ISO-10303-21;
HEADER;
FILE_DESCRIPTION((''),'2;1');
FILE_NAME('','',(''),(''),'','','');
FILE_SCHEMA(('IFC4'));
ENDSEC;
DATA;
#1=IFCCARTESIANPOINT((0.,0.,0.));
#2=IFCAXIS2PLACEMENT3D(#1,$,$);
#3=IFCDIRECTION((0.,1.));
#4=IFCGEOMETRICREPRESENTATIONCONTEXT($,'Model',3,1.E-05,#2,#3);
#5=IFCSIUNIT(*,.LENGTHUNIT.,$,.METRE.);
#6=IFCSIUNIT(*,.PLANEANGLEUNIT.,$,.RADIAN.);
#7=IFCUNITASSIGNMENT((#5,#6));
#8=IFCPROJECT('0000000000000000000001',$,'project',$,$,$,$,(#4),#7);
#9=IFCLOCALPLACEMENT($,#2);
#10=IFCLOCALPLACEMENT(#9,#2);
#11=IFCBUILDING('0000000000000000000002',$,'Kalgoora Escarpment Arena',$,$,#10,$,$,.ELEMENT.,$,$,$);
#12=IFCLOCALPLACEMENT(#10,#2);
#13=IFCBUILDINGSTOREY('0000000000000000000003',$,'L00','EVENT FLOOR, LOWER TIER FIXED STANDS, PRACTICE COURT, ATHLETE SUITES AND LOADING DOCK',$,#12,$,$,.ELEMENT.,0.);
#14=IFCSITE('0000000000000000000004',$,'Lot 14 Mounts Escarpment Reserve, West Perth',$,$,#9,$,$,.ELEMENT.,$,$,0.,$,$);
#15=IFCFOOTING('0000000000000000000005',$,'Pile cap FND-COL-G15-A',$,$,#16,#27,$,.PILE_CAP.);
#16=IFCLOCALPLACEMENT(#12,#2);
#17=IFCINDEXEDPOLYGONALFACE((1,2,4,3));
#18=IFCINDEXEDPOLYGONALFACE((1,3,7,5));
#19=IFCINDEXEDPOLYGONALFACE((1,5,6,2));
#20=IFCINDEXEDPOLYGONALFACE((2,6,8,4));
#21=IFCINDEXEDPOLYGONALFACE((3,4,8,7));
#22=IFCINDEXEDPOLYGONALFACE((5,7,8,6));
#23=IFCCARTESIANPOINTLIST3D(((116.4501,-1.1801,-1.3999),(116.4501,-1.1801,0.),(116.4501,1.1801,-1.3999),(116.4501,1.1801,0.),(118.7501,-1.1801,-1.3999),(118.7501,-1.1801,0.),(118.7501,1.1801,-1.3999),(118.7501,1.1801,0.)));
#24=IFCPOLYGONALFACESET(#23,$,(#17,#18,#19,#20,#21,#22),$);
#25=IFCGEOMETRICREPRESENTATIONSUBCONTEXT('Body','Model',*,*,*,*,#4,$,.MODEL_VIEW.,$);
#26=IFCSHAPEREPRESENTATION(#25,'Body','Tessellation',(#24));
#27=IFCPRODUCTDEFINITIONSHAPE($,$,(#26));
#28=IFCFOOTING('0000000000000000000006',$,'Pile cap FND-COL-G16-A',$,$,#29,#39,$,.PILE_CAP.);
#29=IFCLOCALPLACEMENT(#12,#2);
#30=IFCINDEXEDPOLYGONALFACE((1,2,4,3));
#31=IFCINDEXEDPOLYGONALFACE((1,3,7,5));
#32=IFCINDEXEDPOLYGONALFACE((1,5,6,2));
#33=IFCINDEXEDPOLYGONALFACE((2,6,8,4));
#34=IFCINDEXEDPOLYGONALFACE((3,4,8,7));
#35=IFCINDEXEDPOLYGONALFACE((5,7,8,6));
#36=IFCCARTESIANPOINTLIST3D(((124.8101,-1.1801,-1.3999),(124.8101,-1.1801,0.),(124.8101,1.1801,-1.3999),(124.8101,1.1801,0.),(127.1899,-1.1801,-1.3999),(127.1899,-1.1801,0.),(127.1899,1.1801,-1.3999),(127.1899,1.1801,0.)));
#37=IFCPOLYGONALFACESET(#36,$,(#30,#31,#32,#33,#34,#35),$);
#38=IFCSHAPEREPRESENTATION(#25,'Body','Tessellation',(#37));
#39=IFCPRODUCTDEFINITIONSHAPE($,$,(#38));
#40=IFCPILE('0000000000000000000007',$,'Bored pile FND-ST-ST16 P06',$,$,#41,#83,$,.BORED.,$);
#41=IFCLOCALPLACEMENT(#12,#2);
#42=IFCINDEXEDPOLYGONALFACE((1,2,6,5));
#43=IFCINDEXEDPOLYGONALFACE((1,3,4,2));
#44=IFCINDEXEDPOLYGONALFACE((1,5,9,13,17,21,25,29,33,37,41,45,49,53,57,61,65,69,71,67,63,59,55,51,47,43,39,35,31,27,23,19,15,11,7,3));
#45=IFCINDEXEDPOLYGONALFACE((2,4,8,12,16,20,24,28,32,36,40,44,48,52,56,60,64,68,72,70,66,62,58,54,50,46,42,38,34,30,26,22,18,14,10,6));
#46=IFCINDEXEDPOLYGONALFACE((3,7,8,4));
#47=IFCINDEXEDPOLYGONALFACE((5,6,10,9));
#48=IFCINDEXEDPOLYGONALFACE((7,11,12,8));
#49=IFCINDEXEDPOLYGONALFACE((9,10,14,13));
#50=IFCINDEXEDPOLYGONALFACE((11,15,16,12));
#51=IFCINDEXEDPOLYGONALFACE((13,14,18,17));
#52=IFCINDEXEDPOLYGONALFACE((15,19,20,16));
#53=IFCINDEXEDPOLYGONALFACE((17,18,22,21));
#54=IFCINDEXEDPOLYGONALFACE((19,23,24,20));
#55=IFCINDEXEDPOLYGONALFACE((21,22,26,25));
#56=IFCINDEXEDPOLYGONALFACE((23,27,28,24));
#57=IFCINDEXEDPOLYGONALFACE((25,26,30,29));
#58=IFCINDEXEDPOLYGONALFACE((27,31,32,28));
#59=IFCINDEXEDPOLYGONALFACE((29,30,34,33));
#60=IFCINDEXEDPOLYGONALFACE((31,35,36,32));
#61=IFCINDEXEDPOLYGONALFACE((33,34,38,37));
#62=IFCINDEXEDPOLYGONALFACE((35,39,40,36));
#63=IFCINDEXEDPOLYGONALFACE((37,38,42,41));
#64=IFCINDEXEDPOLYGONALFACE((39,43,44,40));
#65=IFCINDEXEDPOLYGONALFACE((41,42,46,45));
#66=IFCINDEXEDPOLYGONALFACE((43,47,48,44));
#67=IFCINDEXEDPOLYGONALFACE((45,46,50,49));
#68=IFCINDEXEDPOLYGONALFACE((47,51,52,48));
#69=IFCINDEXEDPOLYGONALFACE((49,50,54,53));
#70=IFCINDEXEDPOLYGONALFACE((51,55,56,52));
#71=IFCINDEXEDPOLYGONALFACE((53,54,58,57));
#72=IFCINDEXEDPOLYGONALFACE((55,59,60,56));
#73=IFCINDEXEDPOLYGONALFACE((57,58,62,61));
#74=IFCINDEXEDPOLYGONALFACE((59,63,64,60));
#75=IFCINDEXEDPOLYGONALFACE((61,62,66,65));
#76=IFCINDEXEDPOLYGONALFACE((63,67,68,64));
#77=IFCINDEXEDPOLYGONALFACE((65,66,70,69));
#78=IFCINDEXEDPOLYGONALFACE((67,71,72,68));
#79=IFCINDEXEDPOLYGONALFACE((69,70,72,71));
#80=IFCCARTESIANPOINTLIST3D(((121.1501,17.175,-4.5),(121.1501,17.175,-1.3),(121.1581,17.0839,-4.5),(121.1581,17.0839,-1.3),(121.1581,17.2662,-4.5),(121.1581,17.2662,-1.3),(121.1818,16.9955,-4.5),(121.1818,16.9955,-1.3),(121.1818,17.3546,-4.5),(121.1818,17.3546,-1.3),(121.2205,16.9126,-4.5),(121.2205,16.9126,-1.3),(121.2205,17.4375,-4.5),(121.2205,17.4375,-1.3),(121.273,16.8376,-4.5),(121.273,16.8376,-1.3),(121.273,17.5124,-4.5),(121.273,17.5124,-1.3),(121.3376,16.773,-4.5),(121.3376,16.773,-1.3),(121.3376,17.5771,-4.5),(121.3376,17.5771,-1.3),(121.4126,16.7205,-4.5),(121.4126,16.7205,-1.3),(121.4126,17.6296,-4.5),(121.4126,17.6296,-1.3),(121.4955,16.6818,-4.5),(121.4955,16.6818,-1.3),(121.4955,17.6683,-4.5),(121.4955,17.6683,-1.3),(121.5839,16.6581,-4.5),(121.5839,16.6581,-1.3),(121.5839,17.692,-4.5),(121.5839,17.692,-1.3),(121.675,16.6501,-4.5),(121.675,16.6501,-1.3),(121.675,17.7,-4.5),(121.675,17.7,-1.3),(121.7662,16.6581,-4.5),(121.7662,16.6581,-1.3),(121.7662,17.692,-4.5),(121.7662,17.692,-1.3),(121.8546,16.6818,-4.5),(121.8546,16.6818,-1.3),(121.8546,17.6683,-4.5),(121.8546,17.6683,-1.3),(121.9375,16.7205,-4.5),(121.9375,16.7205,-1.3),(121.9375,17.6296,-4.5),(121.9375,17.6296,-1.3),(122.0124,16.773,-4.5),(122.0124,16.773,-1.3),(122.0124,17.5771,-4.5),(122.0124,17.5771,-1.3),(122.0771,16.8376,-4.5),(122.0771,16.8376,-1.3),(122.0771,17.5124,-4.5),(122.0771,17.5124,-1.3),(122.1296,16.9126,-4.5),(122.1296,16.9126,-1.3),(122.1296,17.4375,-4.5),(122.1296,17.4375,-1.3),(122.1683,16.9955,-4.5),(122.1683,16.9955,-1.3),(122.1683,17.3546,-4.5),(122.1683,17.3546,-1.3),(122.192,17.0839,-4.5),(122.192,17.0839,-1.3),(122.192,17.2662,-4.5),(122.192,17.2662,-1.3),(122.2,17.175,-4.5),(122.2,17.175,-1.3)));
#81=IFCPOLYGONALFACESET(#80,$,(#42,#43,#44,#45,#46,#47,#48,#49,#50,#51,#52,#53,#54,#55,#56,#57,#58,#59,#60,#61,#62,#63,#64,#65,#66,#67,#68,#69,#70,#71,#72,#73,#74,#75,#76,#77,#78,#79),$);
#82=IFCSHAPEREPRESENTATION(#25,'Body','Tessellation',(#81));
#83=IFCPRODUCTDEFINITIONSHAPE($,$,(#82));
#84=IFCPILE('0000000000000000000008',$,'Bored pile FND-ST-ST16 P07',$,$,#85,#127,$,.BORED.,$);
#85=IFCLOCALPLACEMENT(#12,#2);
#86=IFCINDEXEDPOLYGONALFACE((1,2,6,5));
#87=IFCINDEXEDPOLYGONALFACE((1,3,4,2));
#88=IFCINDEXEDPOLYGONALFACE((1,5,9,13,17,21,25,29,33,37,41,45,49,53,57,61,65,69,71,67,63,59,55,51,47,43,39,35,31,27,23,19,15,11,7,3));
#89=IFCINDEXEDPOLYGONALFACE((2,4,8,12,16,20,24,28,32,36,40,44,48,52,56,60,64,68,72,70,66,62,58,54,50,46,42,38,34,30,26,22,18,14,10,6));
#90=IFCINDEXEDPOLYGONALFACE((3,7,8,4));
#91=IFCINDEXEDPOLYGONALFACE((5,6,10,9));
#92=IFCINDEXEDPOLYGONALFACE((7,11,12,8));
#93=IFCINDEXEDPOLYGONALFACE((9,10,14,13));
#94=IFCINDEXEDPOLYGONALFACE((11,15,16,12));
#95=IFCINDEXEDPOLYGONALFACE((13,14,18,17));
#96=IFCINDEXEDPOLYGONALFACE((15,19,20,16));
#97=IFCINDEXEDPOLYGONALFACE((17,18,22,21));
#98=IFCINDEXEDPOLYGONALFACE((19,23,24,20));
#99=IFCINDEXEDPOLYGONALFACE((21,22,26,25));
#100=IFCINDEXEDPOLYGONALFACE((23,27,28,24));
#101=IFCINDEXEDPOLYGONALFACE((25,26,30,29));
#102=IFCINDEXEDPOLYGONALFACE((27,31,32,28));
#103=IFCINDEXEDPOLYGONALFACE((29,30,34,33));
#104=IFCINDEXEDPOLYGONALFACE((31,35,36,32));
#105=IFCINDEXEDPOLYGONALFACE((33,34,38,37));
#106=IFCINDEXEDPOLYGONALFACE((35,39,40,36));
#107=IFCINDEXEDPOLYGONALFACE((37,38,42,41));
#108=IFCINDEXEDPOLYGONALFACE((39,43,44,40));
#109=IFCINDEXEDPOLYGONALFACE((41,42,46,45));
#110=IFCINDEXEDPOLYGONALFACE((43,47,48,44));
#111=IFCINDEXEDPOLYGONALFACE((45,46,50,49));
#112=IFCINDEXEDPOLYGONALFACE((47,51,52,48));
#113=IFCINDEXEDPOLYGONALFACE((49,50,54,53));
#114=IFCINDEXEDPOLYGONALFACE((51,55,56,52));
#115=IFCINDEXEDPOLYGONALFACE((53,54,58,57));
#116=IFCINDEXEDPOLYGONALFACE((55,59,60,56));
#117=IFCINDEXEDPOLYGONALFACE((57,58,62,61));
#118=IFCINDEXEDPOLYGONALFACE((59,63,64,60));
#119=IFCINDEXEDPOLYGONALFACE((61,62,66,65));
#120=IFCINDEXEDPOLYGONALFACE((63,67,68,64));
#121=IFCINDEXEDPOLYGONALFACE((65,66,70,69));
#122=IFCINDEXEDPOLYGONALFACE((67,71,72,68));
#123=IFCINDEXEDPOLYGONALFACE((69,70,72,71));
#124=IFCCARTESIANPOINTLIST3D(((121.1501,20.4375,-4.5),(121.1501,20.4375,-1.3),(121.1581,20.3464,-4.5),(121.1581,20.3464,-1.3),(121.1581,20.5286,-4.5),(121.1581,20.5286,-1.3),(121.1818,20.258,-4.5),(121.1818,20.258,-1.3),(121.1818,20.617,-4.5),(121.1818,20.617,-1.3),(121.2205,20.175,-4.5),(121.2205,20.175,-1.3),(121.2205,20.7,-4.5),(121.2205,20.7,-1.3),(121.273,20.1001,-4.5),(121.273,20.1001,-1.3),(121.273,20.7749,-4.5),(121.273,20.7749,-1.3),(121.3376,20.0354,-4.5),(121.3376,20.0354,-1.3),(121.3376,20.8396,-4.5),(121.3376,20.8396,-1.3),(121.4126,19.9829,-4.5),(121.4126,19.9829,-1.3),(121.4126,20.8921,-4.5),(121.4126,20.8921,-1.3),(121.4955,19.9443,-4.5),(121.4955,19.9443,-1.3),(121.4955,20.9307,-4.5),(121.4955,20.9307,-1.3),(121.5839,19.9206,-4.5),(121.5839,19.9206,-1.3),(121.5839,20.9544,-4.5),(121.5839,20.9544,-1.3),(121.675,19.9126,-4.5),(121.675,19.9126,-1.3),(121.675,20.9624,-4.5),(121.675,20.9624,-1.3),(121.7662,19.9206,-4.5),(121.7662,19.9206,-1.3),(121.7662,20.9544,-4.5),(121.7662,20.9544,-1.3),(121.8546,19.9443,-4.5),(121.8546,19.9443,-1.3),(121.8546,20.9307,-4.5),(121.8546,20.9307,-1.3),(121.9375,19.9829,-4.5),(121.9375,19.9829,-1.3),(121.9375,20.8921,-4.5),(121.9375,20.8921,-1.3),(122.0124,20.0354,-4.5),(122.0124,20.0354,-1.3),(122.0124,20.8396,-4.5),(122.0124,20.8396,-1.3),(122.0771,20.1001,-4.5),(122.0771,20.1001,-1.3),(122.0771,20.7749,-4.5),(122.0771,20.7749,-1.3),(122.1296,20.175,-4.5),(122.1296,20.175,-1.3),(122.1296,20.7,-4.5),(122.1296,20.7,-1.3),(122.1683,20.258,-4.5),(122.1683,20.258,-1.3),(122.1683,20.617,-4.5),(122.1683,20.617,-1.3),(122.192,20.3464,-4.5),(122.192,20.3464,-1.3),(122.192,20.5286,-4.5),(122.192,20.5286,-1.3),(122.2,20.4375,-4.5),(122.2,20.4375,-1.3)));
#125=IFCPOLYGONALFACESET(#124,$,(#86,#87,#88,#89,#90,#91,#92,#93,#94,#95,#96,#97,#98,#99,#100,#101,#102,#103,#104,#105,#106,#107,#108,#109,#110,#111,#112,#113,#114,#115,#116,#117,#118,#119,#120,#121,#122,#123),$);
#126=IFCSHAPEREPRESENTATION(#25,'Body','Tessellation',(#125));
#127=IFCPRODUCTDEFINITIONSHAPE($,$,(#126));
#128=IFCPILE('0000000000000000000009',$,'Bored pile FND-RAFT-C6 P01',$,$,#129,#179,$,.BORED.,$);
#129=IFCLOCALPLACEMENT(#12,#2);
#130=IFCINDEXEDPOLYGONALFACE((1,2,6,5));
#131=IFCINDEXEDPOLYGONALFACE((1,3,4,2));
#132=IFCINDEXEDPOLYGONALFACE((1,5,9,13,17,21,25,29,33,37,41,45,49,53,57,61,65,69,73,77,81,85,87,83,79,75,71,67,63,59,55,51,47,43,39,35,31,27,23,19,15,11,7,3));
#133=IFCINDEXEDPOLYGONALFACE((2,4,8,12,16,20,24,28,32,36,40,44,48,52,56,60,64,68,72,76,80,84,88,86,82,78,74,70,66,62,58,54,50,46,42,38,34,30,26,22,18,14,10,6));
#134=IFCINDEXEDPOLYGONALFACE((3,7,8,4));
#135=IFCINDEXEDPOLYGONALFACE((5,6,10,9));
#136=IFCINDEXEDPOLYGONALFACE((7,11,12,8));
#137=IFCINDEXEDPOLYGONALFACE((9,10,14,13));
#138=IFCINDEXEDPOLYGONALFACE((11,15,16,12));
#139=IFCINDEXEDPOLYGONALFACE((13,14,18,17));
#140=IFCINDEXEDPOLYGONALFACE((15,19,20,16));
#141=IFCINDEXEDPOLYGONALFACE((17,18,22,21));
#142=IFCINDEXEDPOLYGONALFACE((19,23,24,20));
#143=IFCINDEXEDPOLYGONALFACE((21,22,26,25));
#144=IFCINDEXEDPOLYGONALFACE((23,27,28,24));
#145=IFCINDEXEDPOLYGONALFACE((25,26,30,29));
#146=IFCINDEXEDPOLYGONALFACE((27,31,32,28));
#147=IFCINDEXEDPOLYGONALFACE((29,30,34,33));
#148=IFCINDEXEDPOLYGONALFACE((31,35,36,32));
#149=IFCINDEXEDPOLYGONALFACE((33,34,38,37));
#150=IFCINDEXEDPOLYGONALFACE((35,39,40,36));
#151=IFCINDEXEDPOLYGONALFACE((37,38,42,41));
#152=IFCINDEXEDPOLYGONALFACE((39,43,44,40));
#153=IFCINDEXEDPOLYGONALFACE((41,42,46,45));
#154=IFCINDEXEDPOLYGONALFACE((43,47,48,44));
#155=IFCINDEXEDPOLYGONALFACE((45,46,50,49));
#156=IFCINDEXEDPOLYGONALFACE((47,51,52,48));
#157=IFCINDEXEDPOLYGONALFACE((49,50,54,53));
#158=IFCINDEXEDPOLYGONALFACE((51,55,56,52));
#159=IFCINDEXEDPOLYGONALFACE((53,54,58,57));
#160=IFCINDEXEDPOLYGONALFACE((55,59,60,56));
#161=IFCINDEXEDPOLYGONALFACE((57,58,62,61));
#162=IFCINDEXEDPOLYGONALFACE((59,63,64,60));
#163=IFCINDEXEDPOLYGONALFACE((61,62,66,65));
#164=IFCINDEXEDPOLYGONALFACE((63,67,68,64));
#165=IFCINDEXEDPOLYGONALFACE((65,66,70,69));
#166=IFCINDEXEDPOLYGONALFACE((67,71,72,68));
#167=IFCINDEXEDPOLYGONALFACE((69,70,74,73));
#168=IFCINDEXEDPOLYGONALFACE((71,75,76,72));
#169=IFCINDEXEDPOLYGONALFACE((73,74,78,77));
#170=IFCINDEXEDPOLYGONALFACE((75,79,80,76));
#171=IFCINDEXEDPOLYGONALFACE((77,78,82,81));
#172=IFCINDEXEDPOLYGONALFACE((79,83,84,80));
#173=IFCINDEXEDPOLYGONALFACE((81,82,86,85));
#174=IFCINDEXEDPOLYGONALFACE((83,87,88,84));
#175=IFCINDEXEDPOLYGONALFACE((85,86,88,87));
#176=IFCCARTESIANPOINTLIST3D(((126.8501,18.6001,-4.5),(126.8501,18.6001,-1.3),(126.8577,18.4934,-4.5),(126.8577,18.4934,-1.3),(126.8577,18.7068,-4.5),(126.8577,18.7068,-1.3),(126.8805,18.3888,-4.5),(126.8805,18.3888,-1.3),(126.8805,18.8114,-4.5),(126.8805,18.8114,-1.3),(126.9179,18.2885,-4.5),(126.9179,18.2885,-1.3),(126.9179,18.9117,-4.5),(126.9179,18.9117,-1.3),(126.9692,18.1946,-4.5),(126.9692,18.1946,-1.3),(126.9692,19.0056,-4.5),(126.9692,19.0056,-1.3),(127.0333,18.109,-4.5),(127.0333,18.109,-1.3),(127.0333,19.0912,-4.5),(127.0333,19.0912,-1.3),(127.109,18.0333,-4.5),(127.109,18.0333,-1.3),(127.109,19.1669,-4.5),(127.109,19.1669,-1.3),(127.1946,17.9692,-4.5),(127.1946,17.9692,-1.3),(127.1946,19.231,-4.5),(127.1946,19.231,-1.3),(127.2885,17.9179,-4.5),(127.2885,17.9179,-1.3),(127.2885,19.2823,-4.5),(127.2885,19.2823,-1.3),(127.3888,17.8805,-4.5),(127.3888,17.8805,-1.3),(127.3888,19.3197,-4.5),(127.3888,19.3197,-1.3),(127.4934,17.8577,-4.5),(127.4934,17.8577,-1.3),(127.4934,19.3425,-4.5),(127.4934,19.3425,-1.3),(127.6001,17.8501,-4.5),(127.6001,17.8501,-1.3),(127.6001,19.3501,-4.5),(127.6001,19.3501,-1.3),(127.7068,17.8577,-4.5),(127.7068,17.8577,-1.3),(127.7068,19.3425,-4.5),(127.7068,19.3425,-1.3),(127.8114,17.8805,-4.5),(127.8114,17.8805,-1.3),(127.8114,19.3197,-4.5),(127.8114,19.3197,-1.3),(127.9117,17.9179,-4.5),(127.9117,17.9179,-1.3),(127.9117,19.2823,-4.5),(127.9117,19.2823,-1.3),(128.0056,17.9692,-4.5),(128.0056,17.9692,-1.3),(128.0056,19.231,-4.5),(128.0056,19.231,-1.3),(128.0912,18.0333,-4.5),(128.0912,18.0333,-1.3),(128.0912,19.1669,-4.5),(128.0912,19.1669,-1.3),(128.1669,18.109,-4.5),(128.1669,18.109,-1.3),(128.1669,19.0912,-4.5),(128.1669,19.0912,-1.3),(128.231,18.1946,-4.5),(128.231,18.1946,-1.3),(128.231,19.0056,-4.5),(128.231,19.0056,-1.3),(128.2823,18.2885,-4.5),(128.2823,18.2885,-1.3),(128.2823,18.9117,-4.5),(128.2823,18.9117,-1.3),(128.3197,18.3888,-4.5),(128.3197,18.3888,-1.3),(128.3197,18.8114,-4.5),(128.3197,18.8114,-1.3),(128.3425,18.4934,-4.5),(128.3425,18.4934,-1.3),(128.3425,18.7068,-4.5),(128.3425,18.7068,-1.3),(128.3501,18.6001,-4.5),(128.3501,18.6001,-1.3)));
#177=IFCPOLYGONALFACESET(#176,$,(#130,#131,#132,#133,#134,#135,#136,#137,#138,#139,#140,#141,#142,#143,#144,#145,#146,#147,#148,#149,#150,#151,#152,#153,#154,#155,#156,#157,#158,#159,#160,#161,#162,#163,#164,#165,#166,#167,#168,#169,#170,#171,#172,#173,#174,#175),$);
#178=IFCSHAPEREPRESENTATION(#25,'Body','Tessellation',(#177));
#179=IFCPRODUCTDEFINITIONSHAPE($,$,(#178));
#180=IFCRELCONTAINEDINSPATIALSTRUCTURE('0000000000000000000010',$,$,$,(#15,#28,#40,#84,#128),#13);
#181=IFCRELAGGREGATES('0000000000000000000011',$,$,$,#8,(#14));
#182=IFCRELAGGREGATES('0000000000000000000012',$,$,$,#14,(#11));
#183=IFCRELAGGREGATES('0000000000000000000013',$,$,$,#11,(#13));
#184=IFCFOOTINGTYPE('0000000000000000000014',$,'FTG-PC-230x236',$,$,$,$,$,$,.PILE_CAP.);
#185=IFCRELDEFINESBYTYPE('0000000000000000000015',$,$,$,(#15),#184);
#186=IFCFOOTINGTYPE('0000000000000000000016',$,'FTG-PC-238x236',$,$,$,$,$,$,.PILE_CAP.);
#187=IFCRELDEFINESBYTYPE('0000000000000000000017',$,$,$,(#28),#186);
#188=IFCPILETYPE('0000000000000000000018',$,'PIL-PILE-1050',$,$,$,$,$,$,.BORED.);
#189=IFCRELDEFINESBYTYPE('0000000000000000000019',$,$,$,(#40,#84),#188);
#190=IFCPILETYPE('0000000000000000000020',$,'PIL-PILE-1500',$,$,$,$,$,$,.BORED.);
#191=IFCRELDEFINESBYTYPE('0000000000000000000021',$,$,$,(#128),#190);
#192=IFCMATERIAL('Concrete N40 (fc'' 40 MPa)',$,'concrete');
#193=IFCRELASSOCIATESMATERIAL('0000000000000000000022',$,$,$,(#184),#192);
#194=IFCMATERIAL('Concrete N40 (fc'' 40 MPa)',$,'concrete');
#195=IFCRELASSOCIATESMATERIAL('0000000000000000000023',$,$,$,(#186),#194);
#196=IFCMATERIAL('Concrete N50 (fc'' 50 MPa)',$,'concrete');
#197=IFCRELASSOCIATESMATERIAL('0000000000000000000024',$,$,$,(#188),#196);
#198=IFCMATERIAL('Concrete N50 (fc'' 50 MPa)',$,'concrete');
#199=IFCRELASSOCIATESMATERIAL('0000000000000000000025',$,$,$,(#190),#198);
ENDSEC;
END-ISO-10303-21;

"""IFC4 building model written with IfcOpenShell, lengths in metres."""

from ifc_helpers import new_model, si_unit, direction, frame, origin, origin_2d, place, context, subcontext, project, spatial, rectangle, circle, extrude, material, material_profile, profile_set, type_object, element, save


model = new_model("IFC4")

# Units and contexts
model_context = context("Model", 3, precision=1e-05, world=origin(), true_north=direction((0.0, 1.0)))
body_context = subcontext(model_context, "Body", "Model", "MODEL_VIEW")
ifc_project = project(units=[si_unit("LENGTHUNIT", "METRE"), si_unit("PLANEANGLEUNIT", "RADIAN")], contexts=[model_context])

# Site, building, storey
site_placement = place(None, origin())
site = spatial("IfcSite", under=ifc_project, at=site_placement, Name="Lot 14 Mounts Escarpment Reserve, West Perth", CompositionType="ELEMENT", RefElevation=0.0)
building_placement = place(site_placement, origin())
building = spatial("IfcBuilding", under=site, at=building_placement, Name="Kalgoora Escarpment Arena", CompositionType="ELEMENT")
storey_placement = place(building_placement, origin())
storey = spatial("IfcBuildingStorey", under=building, at=storey_placement, Name="L00", Description="EVENT FLOOR, LOWER TIER FIXED STANDS, PRACTICE COURT, ATHLETE SUITES AND LOADING DOCK", CompositionType="ELEMENT", Elevation=0.0)

# Footings
ifc_material_1 = material(Name="Concrete N40 (fc' 40 MPa)", Category="concrete")
footing_type_1 = type_object("IfcFootingType", Name="FTG-PC-230x236", PredefinedType="PILE_CAP", material=ifc_material_1)
footing_1_placement = place(storey_placement, frame((117.6001, 0.0, -1.3999), z_axis=(0.0, 0.0, 1.0), x_axis=(1.0, 0.0, 0.0)))
element("IfcFooting", 1, at=footing_1_placement, inside=storey, type_object=footing_type_1, Name="Pile cap FND-COL-G15-A", PredefinedType="PILE_CAP", context=body_context, shape_type="SweptSolid", body=[
    extrude(rectangle(XDim=2.3, YDim=2.3601, at=origin_2d()), origin(), (0.0, 0.0, 1.0), 1.3999),
])
ifc_material_2 = material(Name="Concrete N40 (fc' 40 MPa)", Category="concrete")
footing_type_2 = type_object("IfcFootingType", Name="FTG-PC-238x236", PredefinedType="PILE_CAP", material=ifc_material_2)
footing_2_placement = place(storey_placement, frame((126.0, 0.0, -1.3999), z_axis=(0.0, 0.0, 1.0), x_axis=(1.0, 0.0, 0.0)))
element("IfcFooting", 2, at=footing_2_placement, inside=storey, type_object=footing_type_2, Name="Pile cap FND-COL-G16-A", PredefinedType="PILE_CAP", context=body_context, shape_type="SweptSolid", body=[
    extrude(rectangle(XDim=2.3799, YDim=2.3601, at=origin_2d()), origin(), (0.0, 0.0, 1.0), 1.3999),
])

# Piles
ifc_material_3 = material(Name="Concrete N50 (fc' 50 MPa)", Category="concrete")
ifc_material_profile_1 = material_profile(ifc_material_3, circle(Radius=0.5249, at=origin_2d()))
ifc_profile_set_1 = profile_set([ifc_material_profile_1], Name="Concrete N50 (fc' 50 MPa)")
pile_type_1 = type_object("IfcPileType", Name="PIL-PILE-1050", PredefinedType="BORED", material=ifc_profile_set_1)
for number, where, z_axis, x_axis, name in (
    (3, (121.675, 17.175, -1.3), (0.0, 0.0, -1.0), (1.0, 0.0, 0.0), "Bored pile FND-ST-ST16 P06"),
    (4, (121.675, 20.4375, -1.3), (0.0, 0.0, -1.0), (1.0, 0.0, 0.0), "Bored pile FND-ST-ST16 P07"),
):
    element("IfcPile", number, at=place(storey_placement, frame(where, z_axis=z_axis, x_axis=x_axis)), inside=storey, type_object=pile_type_1, Name=name, PredefinedType="BORED", context=body_context, shape_type="SweptSolid", body=[
        extrude(circle(Radius=0.5249, at=origin_2d()), origin(), (0.0, 0.0, 1.0), 3.2),
    ])
ifc_material_4 = material(Name="Concrete N50 (fc' 50 MPa)", Category="concrete")
ifc_material_profile_2 = material_profile(ifc_material_4, circle(Radius=0.75, at=origin_2d()))
ifc_profile_set_2 = profile_set([ifc_material_profile_2], Name="Concrete N50 (fc' 50 MPa)")
pile_type_2 = type_object("IfcPileType", Name="PIL-PILE-1500", PredefinedType="BORED", material=ifc_profile_set_2)
pile_placement = place(storey_placement, frame((127.6001, 18.6001, -1.3), z_axis=(0.0, 0.0, -1.0), x_axis=(1.0, 0.0, 0.0)))
element("IfcPile", 5, at=pile_placement, inside=storey, type_object=pile_type_2, Name="Bored pile FND-RAFT-C6 P01", PredefinedType="BORED", context=body_context, shape_type="SweptSolid", body=[
    extrude(circle(Radius=0.75, at=origin_2d()), origin(), (0.0, 0.0, 1.0), 3.2),
])

save(model, "model.ifc")
